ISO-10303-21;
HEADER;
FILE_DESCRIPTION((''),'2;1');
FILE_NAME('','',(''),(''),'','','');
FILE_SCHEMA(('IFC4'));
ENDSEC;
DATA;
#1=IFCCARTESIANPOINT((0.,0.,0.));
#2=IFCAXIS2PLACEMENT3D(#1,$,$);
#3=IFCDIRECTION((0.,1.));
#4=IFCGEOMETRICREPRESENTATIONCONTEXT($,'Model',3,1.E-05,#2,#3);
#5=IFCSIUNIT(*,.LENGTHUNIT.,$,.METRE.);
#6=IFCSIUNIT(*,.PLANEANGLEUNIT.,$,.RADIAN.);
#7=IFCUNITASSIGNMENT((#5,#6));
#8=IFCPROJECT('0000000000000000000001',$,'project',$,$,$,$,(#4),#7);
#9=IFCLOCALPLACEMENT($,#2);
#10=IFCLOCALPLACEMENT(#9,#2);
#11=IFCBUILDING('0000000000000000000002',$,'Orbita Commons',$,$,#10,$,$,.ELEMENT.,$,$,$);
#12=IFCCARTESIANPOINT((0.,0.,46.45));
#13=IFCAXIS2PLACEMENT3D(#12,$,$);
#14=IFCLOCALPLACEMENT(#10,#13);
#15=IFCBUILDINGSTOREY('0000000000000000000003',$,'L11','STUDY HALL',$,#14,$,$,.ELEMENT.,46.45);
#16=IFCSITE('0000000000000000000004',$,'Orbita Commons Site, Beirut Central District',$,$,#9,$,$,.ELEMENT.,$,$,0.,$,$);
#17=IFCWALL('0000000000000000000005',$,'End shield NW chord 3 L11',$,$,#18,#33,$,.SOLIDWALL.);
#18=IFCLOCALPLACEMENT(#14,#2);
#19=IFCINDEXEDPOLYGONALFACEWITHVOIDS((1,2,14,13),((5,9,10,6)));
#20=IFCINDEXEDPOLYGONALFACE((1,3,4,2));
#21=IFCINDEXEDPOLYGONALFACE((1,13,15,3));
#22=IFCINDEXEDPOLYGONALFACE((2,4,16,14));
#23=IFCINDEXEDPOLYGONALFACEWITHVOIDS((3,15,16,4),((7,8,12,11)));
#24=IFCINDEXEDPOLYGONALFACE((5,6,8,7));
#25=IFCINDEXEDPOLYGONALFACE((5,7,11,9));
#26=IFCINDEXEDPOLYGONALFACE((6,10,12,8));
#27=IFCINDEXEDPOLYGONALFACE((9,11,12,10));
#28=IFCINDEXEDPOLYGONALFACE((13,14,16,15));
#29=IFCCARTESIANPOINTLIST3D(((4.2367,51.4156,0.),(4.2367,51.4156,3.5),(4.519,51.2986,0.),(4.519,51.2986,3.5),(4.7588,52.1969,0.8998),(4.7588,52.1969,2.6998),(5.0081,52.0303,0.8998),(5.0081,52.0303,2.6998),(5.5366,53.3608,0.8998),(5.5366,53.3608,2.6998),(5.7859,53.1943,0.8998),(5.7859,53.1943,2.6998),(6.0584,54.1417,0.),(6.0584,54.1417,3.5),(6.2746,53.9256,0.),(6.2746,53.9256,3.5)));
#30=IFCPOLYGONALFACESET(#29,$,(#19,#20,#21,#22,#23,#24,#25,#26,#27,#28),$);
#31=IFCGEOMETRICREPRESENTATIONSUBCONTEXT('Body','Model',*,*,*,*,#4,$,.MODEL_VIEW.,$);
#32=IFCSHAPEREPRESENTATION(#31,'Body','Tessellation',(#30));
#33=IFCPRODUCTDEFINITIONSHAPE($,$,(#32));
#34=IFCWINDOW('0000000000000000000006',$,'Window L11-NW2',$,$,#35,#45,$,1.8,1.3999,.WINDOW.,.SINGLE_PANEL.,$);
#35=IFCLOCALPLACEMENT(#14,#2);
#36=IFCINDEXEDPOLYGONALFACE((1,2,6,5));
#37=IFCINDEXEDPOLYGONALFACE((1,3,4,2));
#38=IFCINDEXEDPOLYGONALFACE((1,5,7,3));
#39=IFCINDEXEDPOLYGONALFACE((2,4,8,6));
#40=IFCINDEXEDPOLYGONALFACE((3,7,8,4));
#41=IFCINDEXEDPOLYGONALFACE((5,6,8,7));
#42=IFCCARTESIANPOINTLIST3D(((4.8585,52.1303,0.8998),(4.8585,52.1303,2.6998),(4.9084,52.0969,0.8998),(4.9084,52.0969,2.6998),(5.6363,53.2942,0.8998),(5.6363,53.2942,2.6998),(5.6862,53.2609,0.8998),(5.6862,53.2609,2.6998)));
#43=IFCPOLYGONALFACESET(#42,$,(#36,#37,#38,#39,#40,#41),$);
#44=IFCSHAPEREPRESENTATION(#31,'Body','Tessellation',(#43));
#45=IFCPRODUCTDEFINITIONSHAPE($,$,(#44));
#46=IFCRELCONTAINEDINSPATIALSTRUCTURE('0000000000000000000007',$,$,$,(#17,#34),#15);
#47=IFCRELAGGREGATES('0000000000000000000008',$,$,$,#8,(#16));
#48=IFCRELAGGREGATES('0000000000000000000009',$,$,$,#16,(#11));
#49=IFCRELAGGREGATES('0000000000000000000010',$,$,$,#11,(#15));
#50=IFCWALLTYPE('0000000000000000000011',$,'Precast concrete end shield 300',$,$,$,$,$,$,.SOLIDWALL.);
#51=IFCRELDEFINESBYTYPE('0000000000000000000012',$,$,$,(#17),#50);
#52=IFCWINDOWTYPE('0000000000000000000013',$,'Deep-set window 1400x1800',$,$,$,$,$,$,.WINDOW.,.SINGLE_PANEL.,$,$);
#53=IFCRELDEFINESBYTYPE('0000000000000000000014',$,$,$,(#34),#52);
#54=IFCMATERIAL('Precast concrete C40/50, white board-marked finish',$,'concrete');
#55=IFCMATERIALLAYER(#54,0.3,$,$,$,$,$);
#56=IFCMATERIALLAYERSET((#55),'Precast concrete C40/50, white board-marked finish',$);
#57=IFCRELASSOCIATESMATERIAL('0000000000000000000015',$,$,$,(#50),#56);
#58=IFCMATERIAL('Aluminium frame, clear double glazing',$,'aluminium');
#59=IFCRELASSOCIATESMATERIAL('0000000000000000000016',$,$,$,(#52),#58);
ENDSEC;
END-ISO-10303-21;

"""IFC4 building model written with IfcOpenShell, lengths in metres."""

from ifc_helpers import new_model, si_unit, direction, frame, frame_2d, origin, place, context, subcontext, project, spatial, polyline, rectangle, outline, extrude, material, layer, layer_set, type_object, element, fill, save


model = new_model("IFC4")

# Units and contexts
model_context = context("Model", 3, precision=1e-05, world=origin(), true_north=direction((0.0, 1.0)))
body_context = subcontext(model_context, "Body", "Model", "MODEL_VIEW")
ifc_project = project(units=[si_unit("LENGTHUNIT", "METRE"), si_unit("PLANEANGLEUNIT", "RADIAN")], contexts=[model_context])

# Site, building, storey
site_placement = place(None, origin())
site = spatial("IfcSite", under=ifc_project, at=site_placement, Name="Orbita Commons Site, Beirut Central District", CompositionType="ELEMENT", RefElevation=0.0)
building_placement = place(site_placement, origin())
building = spatial("IfcBuilding", under=site, at=building_placement, Name="Orbita Commons", CompositionType="ELEMENT")
storey_placement = place(building_placement, frame((0.0, 0.0, 46.45)))
storey = spatial("IfcBuildingStorey", under=building, at=storey_placement, Name="L11", Description="STUDY HALL", CompositionType="ELEMENT", Elevation=46.45)

# Wall, opening, window
ifc_material_1 = material(Name="Precast concrete C40/50, white board-marked finish", Category="concrete")
ifc_layer_1 = layer(ifc_material_1, 0.3)
ifc_layer_set_1 = layer_set([ifc_layer_1], Name="Precast concrete C40/50, white board-marked finish")
wall_type_1 = type_object("IfcWallType", Name="Precast concrete end shield 300", PredefinedType="SOLIDWALL", material=ifc_layer_set_1)
ifc_material_2 = material(Name="Aluminium frame, clear double glazing", Category="aluminium")
window_type = type_object("IfcWindowType", Name="Deep-set window 1400x1800", PartitioningType="SINGLE_PANEL", PredefinedType="WINDOW", material=ifc_material_2)
wall_1_placement = place(storey_placement, frame((6.1665, 54.0337, 0.0), z_axis=(0.0, 0.0, 1.0), x_axis=(-0.55561, -0.831443, 0.0)))
wall_1 = element("IfcWall", 1, at=wall_1_placement, inside=storey, type_object=wall_type_1, Name="End shield NW chord 3 L11", PredefinedType="SOLIDWALL", context=body_context, shape_type="SweptSolid", body=[
    extrude(outline(polyline([(-0.0298, -0.1499), (3.249, -0.1499), (3.1895, 0.1499), (0.0298, 0.1499), (-0.0298, -0.1499)])), origin(), (0.0, 0.0, 1.0), 3.5),
])
opening_1_placement = place(wall_1_placement, frame((0.9094, 0.0, 0.8999)))
opening_1 = element("IfcOpeningElement", 2, at=opening_1_placement, cuts=wall_1, PredefinedType="OPENING", context=body_context, shape_type="SweptSolid", body=[
    extrude(rectangle(XDim=1.3999, YDim=1.8, at=frame_2d((0.7, 0.8999))), frame((0.0, 0.1599, 0.0), z_axis=(0.0, -1.0, 0.0), x_axis=(1.0, 0.0, 0.0)), (0.0, 0.0, 1.0), 0.3201),
])
window_1_placement = place(opening_1_placement, origin())
window_1 = element("IfcWindow", 3, at=window_1_placement, inside=storey, type_object=window_type, Name="Window L11-NW2", OverallHeight=1.8, OverallWidth=1.3999, PartitioningType="SINGLE_PANEL", PredefinedType="WINDOW", context=body_context, shape_type="SweptSolid", body=[
    extrude(rectangle(XDim=1.3999, YDim=1.8, at=frame_2d((0.7, 0.8999))), frame((0.0, 0.03, 0.0), z_axis=(0.0, -1.0, 0.0), x_axis=(1.0, 0.0, 0.0)), (0.0, 0.0, 1.0), 0.0601),
])
fill(opening_1, window_1)

save(model, "model.ifc")
